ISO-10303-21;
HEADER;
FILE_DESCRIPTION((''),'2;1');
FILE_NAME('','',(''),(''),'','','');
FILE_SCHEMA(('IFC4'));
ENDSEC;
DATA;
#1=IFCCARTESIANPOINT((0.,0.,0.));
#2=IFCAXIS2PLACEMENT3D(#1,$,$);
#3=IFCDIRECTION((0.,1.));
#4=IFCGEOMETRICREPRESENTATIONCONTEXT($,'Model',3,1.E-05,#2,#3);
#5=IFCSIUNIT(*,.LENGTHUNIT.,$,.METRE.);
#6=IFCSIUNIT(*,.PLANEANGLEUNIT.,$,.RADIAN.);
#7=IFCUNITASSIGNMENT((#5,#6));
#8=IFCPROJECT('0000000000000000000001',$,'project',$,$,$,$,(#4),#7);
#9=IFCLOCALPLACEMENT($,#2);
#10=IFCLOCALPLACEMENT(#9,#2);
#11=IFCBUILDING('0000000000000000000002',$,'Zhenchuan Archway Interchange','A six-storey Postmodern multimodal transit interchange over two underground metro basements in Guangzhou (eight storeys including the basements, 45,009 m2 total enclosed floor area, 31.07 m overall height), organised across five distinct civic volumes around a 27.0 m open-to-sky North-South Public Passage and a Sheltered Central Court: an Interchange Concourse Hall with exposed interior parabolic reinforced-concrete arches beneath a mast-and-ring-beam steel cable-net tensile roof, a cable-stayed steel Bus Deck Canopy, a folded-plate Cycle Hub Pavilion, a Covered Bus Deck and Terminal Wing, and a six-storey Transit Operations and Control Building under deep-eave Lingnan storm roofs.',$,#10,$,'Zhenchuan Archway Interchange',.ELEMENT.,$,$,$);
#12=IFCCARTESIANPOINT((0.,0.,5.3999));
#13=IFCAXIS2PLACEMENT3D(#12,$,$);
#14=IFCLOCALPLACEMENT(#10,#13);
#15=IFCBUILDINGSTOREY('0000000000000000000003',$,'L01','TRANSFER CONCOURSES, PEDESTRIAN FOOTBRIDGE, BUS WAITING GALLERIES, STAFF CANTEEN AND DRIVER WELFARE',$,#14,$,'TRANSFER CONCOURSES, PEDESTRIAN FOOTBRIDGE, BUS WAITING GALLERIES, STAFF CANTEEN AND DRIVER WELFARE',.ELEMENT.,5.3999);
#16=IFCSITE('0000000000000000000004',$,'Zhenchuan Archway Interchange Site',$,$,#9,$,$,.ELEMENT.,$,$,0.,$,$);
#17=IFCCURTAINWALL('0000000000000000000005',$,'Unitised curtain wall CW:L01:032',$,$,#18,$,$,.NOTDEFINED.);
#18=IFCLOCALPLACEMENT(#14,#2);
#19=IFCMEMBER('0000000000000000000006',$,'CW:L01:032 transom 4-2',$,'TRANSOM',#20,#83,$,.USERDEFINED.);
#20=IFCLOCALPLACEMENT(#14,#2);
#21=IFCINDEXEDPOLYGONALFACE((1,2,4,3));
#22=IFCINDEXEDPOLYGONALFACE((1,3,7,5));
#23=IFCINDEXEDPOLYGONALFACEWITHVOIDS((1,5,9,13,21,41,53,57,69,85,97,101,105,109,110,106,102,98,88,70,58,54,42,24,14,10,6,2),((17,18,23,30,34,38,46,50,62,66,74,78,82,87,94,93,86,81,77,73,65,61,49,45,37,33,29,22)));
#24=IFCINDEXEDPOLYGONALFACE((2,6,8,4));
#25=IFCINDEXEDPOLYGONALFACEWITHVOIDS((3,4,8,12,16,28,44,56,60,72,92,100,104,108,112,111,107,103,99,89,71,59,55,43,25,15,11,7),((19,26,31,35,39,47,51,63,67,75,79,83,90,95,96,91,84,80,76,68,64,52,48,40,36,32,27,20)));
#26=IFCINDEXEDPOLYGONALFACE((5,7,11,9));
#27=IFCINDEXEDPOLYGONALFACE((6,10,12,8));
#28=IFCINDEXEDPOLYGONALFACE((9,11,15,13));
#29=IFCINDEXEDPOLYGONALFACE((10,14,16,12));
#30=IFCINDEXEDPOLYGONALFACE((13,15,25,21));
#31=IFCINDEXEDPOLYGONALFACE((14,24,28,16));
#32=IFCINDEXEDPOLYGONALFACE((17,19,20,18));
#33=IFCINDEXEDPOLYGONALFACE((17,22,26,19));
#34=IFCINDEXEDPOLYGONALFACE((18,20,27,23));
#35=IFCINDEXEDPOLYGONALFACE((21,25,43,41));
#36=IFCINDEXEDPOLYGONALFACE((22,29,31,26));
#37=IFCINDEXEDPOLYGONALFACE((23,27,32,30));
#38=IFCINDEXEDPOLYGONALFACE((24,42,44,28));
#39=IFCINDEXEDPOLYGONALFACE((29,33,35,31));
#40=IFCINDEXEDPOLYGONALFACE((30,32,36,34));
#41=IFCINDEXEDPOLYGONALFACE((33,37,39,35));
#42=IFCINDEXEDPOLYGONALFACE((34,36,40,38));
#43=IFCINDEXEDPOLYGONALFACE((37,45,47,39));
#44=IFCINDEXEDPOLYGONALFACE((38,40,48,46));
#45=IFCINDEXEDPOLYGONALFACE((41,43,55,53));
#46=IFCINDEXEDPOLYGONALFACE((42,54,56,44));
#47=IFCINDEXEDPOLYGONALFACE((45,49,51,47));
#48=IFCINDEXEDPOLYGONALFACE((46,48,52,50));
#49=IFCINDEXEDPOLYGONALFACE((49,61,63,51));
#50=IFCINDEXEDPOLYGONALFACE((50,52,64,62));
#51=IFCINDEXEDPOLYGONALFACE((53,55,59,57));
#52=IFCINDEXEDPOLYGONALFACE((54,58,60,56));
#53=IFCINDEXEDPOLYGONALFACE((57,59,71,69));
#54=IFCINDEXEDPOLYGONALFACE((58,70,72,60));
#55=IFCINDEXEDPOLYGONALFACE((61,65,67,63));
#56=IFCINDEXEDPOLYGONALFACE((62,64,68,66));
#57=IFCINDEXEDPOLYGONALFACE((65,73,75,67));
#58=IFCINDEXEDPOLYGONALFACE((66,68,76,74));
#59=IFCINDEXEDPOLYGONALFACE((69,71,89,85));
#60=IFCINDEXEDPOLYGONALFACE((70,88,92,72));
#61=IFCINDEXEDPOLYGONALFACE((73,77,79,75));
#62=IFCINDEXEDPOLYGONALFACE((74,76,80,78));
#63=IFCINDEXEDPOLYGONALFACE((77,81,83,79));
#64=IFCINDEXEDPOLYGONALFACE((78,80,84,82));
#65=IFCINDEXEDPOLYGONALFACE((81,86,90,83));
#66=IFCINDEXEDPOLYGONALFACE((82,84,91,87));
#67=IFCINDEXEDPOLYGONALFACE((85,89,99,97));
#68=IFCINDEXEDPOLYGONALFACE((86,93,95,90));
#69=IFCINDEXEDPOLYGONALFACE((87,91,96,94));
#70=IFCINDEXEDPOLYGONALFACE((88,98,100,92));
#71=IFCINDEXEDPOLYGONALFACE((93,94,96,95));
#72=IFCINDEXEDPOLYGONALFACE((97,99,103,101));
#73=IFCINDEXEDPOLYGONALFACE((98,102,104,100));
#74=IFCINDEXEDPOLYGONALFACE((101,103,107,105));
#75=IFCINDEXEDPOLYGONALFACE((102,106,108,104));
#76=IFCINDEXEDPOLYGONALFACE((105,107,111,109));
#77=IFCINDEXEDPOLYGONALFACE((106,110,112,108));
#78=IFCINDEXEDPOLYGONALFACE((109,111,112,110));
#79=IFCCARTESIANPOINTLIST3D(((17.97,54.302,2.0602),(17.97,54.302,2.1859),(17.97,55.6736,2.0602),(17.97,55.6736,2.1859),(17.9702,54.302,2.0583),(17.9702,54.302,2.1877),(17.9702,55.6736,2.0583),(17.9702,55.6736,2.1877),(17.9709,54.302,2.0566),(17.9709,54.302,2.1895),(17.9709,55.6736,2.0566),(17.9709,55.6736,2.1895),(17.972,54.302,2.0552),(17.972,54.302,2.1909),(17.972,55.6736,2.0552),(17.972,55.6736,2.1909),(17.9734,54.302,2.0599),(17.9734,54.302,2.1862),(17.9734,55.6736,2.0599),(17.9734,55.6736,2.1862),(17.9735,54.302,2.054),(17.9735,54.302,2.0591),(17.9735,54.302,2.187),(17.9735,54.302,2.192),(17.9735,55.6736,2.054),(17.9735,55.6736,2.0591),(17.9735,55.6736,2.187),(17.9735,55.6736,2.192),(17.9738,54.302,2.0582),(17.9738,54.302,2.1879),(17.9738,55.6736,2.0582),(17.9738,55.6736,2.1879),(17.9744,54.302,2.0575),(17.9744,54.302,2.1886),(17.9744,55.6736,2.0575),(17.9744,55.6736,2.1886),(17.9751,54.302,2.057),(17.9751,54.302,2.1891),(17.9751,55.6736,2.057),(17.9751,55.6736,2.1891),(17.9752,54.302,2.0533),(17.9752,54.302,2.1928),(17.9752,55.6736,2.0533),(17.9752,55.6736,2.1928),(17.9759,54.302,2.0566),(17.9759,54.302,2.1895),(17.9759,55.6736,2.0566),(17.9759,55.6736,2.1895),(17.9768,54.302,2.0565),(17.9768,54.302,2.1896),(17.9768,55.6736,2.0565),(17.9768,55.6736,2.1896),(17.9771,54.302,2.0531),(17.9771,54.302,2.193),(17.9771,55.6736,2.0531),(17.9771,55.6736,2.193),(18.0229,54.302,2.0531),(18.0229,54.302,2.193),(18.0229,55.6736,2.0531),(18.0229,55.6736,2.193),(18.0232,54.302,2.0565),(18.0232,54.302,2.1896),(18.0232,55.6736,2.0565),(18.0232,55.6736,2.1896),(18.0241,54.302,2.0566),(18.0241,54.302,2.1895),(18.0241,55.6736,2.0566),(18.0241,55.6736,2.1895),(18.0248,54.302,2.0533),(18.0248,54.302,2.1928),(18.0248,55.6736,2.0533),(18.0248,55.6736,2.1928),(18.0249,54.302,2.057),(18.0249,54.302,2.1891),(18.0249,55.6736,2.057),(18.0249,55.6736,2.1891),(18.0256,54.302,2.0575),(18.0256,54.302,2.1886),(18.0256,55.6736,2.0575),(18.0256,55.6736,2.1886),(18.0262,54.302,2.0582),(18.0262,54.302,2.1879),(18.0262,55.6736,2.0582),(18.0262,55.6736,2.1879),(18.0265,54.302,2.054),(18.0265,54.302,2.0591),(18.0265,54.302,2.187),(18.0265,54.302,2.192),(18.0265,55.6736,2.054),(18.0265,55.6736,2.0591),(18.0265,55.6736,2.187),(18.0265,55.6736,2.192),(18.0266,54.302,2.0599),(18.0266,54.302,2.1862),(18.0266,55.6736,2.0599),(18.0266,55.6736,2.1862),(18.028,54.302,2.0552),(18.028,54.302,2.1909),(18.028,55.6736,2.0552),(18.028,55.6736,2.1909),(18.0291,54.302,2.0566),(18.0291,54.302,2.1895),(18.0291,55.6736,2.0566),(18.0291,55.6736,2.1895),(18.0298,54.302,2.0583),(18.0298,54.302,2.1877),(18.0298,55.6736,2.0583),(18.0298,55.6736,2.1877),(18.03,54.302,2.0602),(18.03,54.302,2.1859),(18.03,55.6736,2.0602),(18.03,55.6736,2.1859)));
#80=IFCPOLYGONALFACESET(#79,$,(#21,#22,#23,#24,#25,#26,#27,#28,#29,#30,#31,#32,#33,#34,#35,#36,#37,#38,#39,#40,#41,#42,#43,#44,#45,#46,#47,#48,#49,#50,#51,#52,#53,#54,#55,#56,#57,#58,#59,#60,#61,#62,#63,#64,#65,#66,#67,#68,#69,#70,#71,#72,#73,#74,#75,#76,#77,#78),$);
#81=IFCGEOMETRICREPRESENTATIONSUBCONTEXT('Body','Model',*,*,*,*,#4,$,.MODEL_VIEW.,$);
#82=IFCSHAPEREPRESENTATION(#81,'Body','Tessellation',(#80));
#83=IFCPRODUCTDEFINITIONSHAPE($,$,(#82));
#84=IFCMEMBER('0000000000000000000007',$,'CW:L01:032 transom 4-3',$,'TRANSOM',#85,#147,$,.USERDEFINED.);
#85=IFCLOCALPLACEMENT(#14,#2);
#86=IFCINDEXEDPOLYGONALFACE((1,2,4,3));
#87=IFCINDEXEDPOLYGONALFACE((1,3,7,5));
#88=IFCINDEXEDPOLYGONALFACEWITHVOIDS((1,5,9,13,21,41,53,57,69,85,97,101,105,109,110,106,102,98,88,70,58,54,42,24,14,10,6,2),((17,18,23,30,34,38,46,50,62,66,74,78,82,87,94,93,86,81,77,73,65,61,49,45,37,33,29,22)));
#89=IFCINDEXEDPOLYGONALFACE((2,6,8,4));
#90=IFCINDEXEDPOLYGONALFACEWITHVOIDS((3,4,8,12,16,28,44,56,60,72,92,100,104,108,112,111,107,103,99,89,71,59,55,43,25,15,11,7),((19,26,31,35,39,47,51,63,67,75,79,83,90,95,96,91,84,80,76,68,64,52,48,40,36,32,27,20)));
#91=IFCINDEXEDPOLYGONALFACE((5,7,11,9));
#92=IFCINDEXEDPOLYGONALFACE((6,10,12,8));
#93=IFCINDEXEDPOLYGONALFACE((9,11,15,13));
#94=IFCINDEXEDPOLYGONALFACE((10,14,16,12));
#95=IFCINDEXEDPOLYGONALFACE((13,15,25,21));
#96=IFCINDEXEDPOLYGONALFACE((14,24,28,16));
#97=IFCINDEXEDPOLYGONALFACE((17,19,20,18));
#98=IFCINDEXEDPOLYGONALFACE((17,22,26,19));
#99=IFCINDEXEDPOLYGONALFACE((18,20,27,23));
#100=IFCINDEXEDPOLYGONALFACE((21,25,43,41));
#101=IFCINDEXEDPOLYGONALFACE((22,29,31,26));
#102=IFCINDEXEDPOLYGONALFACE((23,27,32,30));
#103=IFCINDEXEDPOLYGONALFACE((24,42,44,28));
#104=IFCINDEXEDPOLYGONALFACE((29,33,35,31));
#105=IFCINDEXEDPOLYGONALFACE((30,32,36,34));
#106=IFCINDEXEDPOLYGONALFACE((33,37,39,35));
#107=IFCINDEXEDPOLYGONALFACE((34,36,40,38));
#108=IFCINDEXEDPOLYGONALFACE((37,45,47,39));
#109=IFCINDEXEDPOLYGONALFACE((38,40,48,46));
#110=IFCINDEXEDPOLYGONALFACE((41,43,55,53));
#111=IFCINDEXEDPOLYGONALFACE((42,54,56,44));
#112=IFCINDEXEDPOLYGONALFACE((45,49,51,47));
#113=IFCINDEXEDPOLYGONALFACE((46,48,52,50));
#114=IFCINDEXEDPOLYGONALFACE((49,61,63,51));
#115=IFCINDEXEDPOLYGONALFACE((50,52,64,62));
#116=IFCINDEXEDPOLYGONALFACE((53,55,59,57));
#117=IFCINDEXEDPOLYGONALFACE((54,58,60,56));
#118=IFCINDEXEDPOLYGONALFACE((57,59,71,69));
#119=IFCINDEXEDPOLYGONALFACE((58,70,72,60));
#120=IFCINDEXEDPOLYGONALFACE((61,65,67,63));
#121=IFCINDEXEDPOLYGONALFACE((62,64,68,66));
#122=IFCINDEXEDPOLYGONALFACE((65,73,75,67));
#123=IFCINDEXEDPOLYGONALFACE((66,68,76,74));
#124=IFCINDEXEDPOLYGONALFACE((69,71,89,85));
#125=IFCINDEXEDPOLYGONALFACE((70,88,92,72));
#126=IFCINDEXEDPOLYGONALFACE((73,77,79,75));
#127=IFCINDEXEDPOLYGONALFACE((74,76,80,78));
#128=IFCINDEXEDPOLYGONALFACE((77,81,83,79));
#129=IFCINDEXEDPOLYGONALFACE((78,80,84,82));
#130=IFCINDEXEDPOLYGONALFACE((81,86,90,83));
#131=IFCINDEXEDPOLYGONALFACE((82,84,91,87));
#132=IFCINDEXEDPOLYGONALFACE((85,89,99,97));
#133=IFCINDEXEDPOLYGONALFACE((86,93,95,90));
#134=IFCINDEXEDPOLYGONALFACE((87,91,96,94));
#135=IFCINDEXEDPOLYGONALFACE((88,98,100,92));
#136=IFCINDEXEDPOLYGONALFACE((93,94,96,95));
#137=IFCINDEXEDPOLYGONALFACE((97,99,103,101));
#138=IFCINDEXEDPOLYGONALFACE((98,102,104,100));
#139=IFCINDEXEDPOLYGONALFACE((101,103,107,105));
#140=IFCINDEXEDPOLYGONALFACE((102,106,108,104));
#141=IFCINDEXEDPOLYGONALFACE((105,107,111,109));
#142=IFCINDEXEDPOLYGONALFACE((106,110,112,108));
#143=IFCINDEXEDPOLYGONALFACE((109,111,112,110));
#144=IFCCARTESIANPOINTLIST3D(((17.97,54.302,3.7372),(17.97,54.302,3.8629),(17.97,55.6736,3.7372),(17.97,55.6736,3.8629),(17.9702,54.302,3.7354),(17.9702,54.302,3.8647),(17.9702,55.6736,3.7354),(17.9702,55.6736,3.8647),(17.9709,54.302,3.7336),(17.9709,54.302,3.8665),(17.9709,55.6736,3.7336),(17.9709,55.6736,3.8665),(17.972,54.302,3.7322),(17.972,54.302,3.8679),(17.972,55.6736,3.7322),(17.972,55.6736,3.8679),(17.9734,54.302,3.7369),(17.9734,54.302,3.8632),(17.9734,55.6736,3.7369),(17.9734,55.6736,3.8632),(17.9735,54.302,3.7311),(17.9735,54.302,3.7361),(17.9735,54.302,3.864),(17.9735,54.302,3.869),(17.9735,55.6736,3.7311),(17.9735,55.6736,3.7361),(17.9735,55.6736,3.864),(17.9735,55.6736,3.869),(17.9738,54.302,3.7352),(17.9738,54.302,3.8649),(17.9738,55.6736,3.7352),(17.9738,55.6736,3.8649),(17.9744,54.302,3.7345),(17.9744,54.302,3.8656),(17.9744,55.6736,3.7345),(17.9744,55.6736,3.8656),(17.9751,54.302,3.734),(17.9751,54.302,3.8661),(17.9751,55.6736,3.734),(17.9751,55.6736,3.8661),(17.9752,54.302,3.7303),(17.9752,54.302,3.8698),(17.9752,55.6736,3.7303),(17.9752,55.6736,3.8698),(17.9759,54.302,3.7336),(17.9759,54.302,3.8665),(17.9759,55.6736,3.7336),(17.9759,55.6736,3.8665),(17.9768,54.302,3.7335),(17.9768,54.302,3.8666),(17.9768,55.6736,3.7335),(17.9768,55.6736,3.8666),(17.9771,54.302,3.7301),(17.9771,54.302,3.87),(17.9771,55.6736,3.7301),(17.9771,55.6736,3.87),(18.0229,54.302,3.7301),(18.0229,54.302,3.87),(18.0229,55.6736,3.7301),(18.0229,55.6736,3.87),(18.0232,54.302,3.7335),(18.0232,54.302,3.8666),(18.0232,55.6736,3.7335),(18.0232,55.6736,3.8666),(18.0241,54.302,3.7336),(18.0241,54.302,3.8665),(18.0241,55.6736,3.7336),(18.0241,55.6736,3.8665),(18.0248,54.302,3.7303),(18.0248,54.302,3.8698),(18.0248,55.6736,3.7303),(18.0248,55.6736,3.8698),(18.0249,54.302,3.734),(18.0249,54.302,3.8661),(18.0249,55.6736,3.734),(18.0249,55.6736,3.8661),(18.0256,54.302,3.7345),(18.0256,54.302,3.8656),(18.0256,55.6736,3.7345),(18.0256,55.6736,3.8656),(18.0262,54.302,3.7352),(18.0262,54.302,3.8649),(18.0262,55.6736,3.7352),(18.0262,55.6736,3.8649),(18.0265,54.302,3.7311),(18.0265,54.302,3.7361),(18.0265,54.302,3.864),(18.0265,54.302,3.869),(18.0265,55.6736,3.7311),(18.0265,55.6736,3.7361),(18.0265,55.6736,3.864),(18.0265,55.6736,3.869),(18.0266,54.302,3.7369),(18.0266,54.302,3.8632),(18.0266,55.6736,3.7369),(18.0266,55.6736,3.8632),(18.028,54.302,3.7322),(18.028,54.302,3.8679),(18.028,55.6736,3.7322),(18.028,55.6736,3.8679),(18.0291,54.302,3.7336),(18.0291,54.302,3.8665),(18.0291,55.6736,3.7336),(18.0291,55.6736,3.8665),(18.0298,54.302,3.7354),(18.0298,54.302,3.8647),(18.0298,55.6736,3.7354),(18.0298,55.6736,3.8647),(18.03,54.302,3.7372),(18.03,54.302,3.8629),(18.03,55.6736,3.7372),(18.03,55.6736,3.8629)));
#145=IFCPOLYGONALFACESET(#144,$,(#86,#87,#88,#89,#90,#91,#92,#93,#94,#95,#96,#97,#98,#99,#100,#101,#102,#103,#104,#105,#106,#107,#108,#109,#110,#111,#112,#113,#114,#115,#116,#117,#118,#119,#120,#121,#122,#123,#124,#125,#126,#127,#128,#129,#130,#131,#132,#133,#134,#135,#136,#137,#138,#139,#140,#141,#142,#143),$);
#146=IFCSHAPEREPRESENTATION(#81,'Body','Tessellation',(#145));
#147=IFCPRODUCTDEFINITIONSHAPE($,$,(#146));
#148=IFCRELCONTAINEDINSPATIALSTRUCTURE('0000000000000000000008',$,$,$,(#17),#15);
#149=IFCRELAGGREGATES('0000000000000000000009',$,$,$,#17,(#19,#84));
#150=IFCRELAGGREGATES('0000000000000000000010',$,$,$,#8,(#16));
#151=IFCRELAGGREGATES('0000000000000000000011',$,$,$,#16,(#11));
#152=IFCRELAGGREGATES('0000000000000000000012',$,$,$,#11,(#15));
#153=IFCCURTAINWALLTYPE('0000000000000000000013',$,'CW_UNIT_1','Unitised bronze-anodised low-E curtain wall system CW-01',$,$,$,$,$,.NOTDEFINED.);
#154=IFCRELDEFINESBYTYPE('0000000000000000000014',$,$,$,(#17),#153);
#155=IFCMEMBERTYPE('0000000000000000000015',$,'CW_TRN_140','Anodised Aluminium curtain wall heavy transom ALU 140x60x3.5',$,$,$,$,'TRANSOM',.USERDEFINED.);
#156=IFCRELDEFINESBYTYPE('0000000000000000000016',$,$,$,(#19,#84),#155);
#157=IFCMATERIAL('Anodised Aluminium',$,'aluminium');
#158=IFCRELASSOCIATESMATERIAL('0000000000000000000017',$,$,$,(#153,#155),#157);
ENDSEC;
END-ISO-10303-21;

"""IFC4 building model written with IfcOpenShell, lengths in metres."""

from ifc_helpers import new_model, si_unit, direction, frame, origin, origin_2d, place, context, subcontext, project, spatial, hollow_rectangle, extrude, material, material_profile, profile_set, type_object, element, aggregate, save


model = new_model("IFC4")

# Units and contexts
model_context = context("Model", 3, precision=1e-05, world=origin(), true_north=direction((0.0, 1.0)))
body_context = subcontext(model_context, "Body", "Model", "MODEL_VIEW")
ifc_project = project(units=[si_unit("LENGTHUNIT", "METRE"), si_unit("PLANEANGLEUNIT", "RADIAN")], contexts=[model_context])

# Site, building, storey
site_placement = place(None, origin())
site = spatial("IfcSite", under=ifc_project, at=site_placement, Name="Zhenchuan Archway Interchange Site", CompositionType="ELEMENT", RefElevation=0.0)
building_placement = place(site_placement, origin())
building = spatial("IfcBuilding", under=site, at=building_placement, Name="Zhenchuan Archway Interchange", Description="A six-storey Postmodern multimodal transit interchange over two underground metro basements in Guangzhou (eight storeys including the basements, 45,009 m2 total enclosed floor area, 31.07 m overall height), organised across five distinct civic volumes around a 27.0 m open-to-sky North-South Public Passage and a Sheltered Central Court: an Interchange Concourse Hall with exposed interior parabolic reinforced-concrete arches beneath a mast-and-ring-beam steel cable-net tensile roof, a cable-stayed steel Bus Deck Canopy, a folded-plate Cycle Hub Pavilion, a Covered Bus Deck and Terminal Wing, and a six-storey Transit Operations and Control Building under deep-eave Lingnan storm roofs.", LongName="Zhenchuan Archway Interchange", CompositionType="ELEMENT")
storey_placement = place(building_placement, frame((0.0, 0.0, 5.3999)))
storey = spatial("IfcBuildingStorey", under=building, at=storey_placement, Name="L01", Description="TRANSFER CONCOURSES, PEDESTRIAN FOOTBRIDGE, BUS WAITING GALLERIES, STAFF CANTEEN AND DRIVER WELFARE", LongName="TRANSFER CONCOURSES, PEDESTRIAN FOOTBRIDGE, BUS WAITING GALLERIES, STAFF CANTEEN AND DRIVER WELFARE", CompositionType="ELEMENT", Elevation=5.3999)

# Curtain wall
ifc_material_1 = material(Name="Anodised Aluminium", Category="aluminium")
curtain_wall_type_1 = type_object("IfcCurtainWallType", Name="CW_UNIT_1", Description="Unitised bronze-anodised low-E curtain wall system CW-01", PredefinedType="NOTDEFINED", material=ifc_material_1)
curtain_wall_1_placement = place(storey_placement, origin())
curtain_wall_1 = element("IfcCurtainWall", 1, at=curtain_wall_1_placement, inside=storey, type_object=curtain_wall_type_1, Name="Unitised curtain wall CW:L01:032", PredefinedType="NOTDEFINED")

# Members
ifc_material_profile_1 = material_profile(ifc_material_1, hollow_rectangle(XDim=0.0601, YDim=0.1399, WallThickness=0.0034, InnerFilletRadius=0.0034, OuterFilletRadius=0.0071, at=origin_2d()), Name="ALU 140x60x3.5")
ifc_profile_set_1 = profile_set([ifc_material_profile_1], Name="Anodised Aluminium")
member_type_1 = type_object("IfcMemberType", Name="CW_TRN_140", Description="Anodised Aluminium curtain wall heavy transom ALU 140x60x3.5", ElementType="TRANSOM", PredefinedType="USERDEFINED", material=ifc_profile_set_1)
member_1_placement = place(storey_placement, frame((18.0, 54.302, 2.123), z_axis=(0.0, 1.0, 0.0), x_axis=(-1.0, 0.0, 0.0)))
member_1 = element("IfcMember", 2, at=member_1_placement, type_object=member_type_1, Name="CW:L01:032 transom 4-2", ObjectType="TRANSOM", PredefinedType="USERDEFINED", context=body_context, shape_type="SweptSolid", body=[
    extrude(hollow_rectangle(XDim=0.0601, YDim=0.1399, WallThickness=0.0034, InnerFilletRadius=0.0034, OuterFilletRadius=0.0071, at=origin_2d()), origin(), (0.0, 0.0, 1.0), 1.3716),
])
member_2_placement = place(storey_placement, frame((18.0, 54.302, 3.8), z_axis=(0.0, 1.0, 0.0), x_axis=(-1.0, 0.0, 0.0)))
member_2 = element("IfcMember", 3, at=member_2_placement, type_object=member_type_1, Name="CW:L01:032 transom 4-3", ObjectType="TRANSOM", PredefinedType="USERDEFINED", context=body_context, shape_type="SweptSolid", body=[
    extrude(hollow_rectangle(XDim=0.0601, YDim=0.1399, WallThickness=0.0034, InnerFilletRadius=0.0034, OuterFilletRadius=0.0071, at=origin_2d()), origin(), (0.0, 0.0, 1.0), 1.3716),
])

aggregate(curtain_wall_1, [member_1, member_2])

save(model, "model.ifc")
